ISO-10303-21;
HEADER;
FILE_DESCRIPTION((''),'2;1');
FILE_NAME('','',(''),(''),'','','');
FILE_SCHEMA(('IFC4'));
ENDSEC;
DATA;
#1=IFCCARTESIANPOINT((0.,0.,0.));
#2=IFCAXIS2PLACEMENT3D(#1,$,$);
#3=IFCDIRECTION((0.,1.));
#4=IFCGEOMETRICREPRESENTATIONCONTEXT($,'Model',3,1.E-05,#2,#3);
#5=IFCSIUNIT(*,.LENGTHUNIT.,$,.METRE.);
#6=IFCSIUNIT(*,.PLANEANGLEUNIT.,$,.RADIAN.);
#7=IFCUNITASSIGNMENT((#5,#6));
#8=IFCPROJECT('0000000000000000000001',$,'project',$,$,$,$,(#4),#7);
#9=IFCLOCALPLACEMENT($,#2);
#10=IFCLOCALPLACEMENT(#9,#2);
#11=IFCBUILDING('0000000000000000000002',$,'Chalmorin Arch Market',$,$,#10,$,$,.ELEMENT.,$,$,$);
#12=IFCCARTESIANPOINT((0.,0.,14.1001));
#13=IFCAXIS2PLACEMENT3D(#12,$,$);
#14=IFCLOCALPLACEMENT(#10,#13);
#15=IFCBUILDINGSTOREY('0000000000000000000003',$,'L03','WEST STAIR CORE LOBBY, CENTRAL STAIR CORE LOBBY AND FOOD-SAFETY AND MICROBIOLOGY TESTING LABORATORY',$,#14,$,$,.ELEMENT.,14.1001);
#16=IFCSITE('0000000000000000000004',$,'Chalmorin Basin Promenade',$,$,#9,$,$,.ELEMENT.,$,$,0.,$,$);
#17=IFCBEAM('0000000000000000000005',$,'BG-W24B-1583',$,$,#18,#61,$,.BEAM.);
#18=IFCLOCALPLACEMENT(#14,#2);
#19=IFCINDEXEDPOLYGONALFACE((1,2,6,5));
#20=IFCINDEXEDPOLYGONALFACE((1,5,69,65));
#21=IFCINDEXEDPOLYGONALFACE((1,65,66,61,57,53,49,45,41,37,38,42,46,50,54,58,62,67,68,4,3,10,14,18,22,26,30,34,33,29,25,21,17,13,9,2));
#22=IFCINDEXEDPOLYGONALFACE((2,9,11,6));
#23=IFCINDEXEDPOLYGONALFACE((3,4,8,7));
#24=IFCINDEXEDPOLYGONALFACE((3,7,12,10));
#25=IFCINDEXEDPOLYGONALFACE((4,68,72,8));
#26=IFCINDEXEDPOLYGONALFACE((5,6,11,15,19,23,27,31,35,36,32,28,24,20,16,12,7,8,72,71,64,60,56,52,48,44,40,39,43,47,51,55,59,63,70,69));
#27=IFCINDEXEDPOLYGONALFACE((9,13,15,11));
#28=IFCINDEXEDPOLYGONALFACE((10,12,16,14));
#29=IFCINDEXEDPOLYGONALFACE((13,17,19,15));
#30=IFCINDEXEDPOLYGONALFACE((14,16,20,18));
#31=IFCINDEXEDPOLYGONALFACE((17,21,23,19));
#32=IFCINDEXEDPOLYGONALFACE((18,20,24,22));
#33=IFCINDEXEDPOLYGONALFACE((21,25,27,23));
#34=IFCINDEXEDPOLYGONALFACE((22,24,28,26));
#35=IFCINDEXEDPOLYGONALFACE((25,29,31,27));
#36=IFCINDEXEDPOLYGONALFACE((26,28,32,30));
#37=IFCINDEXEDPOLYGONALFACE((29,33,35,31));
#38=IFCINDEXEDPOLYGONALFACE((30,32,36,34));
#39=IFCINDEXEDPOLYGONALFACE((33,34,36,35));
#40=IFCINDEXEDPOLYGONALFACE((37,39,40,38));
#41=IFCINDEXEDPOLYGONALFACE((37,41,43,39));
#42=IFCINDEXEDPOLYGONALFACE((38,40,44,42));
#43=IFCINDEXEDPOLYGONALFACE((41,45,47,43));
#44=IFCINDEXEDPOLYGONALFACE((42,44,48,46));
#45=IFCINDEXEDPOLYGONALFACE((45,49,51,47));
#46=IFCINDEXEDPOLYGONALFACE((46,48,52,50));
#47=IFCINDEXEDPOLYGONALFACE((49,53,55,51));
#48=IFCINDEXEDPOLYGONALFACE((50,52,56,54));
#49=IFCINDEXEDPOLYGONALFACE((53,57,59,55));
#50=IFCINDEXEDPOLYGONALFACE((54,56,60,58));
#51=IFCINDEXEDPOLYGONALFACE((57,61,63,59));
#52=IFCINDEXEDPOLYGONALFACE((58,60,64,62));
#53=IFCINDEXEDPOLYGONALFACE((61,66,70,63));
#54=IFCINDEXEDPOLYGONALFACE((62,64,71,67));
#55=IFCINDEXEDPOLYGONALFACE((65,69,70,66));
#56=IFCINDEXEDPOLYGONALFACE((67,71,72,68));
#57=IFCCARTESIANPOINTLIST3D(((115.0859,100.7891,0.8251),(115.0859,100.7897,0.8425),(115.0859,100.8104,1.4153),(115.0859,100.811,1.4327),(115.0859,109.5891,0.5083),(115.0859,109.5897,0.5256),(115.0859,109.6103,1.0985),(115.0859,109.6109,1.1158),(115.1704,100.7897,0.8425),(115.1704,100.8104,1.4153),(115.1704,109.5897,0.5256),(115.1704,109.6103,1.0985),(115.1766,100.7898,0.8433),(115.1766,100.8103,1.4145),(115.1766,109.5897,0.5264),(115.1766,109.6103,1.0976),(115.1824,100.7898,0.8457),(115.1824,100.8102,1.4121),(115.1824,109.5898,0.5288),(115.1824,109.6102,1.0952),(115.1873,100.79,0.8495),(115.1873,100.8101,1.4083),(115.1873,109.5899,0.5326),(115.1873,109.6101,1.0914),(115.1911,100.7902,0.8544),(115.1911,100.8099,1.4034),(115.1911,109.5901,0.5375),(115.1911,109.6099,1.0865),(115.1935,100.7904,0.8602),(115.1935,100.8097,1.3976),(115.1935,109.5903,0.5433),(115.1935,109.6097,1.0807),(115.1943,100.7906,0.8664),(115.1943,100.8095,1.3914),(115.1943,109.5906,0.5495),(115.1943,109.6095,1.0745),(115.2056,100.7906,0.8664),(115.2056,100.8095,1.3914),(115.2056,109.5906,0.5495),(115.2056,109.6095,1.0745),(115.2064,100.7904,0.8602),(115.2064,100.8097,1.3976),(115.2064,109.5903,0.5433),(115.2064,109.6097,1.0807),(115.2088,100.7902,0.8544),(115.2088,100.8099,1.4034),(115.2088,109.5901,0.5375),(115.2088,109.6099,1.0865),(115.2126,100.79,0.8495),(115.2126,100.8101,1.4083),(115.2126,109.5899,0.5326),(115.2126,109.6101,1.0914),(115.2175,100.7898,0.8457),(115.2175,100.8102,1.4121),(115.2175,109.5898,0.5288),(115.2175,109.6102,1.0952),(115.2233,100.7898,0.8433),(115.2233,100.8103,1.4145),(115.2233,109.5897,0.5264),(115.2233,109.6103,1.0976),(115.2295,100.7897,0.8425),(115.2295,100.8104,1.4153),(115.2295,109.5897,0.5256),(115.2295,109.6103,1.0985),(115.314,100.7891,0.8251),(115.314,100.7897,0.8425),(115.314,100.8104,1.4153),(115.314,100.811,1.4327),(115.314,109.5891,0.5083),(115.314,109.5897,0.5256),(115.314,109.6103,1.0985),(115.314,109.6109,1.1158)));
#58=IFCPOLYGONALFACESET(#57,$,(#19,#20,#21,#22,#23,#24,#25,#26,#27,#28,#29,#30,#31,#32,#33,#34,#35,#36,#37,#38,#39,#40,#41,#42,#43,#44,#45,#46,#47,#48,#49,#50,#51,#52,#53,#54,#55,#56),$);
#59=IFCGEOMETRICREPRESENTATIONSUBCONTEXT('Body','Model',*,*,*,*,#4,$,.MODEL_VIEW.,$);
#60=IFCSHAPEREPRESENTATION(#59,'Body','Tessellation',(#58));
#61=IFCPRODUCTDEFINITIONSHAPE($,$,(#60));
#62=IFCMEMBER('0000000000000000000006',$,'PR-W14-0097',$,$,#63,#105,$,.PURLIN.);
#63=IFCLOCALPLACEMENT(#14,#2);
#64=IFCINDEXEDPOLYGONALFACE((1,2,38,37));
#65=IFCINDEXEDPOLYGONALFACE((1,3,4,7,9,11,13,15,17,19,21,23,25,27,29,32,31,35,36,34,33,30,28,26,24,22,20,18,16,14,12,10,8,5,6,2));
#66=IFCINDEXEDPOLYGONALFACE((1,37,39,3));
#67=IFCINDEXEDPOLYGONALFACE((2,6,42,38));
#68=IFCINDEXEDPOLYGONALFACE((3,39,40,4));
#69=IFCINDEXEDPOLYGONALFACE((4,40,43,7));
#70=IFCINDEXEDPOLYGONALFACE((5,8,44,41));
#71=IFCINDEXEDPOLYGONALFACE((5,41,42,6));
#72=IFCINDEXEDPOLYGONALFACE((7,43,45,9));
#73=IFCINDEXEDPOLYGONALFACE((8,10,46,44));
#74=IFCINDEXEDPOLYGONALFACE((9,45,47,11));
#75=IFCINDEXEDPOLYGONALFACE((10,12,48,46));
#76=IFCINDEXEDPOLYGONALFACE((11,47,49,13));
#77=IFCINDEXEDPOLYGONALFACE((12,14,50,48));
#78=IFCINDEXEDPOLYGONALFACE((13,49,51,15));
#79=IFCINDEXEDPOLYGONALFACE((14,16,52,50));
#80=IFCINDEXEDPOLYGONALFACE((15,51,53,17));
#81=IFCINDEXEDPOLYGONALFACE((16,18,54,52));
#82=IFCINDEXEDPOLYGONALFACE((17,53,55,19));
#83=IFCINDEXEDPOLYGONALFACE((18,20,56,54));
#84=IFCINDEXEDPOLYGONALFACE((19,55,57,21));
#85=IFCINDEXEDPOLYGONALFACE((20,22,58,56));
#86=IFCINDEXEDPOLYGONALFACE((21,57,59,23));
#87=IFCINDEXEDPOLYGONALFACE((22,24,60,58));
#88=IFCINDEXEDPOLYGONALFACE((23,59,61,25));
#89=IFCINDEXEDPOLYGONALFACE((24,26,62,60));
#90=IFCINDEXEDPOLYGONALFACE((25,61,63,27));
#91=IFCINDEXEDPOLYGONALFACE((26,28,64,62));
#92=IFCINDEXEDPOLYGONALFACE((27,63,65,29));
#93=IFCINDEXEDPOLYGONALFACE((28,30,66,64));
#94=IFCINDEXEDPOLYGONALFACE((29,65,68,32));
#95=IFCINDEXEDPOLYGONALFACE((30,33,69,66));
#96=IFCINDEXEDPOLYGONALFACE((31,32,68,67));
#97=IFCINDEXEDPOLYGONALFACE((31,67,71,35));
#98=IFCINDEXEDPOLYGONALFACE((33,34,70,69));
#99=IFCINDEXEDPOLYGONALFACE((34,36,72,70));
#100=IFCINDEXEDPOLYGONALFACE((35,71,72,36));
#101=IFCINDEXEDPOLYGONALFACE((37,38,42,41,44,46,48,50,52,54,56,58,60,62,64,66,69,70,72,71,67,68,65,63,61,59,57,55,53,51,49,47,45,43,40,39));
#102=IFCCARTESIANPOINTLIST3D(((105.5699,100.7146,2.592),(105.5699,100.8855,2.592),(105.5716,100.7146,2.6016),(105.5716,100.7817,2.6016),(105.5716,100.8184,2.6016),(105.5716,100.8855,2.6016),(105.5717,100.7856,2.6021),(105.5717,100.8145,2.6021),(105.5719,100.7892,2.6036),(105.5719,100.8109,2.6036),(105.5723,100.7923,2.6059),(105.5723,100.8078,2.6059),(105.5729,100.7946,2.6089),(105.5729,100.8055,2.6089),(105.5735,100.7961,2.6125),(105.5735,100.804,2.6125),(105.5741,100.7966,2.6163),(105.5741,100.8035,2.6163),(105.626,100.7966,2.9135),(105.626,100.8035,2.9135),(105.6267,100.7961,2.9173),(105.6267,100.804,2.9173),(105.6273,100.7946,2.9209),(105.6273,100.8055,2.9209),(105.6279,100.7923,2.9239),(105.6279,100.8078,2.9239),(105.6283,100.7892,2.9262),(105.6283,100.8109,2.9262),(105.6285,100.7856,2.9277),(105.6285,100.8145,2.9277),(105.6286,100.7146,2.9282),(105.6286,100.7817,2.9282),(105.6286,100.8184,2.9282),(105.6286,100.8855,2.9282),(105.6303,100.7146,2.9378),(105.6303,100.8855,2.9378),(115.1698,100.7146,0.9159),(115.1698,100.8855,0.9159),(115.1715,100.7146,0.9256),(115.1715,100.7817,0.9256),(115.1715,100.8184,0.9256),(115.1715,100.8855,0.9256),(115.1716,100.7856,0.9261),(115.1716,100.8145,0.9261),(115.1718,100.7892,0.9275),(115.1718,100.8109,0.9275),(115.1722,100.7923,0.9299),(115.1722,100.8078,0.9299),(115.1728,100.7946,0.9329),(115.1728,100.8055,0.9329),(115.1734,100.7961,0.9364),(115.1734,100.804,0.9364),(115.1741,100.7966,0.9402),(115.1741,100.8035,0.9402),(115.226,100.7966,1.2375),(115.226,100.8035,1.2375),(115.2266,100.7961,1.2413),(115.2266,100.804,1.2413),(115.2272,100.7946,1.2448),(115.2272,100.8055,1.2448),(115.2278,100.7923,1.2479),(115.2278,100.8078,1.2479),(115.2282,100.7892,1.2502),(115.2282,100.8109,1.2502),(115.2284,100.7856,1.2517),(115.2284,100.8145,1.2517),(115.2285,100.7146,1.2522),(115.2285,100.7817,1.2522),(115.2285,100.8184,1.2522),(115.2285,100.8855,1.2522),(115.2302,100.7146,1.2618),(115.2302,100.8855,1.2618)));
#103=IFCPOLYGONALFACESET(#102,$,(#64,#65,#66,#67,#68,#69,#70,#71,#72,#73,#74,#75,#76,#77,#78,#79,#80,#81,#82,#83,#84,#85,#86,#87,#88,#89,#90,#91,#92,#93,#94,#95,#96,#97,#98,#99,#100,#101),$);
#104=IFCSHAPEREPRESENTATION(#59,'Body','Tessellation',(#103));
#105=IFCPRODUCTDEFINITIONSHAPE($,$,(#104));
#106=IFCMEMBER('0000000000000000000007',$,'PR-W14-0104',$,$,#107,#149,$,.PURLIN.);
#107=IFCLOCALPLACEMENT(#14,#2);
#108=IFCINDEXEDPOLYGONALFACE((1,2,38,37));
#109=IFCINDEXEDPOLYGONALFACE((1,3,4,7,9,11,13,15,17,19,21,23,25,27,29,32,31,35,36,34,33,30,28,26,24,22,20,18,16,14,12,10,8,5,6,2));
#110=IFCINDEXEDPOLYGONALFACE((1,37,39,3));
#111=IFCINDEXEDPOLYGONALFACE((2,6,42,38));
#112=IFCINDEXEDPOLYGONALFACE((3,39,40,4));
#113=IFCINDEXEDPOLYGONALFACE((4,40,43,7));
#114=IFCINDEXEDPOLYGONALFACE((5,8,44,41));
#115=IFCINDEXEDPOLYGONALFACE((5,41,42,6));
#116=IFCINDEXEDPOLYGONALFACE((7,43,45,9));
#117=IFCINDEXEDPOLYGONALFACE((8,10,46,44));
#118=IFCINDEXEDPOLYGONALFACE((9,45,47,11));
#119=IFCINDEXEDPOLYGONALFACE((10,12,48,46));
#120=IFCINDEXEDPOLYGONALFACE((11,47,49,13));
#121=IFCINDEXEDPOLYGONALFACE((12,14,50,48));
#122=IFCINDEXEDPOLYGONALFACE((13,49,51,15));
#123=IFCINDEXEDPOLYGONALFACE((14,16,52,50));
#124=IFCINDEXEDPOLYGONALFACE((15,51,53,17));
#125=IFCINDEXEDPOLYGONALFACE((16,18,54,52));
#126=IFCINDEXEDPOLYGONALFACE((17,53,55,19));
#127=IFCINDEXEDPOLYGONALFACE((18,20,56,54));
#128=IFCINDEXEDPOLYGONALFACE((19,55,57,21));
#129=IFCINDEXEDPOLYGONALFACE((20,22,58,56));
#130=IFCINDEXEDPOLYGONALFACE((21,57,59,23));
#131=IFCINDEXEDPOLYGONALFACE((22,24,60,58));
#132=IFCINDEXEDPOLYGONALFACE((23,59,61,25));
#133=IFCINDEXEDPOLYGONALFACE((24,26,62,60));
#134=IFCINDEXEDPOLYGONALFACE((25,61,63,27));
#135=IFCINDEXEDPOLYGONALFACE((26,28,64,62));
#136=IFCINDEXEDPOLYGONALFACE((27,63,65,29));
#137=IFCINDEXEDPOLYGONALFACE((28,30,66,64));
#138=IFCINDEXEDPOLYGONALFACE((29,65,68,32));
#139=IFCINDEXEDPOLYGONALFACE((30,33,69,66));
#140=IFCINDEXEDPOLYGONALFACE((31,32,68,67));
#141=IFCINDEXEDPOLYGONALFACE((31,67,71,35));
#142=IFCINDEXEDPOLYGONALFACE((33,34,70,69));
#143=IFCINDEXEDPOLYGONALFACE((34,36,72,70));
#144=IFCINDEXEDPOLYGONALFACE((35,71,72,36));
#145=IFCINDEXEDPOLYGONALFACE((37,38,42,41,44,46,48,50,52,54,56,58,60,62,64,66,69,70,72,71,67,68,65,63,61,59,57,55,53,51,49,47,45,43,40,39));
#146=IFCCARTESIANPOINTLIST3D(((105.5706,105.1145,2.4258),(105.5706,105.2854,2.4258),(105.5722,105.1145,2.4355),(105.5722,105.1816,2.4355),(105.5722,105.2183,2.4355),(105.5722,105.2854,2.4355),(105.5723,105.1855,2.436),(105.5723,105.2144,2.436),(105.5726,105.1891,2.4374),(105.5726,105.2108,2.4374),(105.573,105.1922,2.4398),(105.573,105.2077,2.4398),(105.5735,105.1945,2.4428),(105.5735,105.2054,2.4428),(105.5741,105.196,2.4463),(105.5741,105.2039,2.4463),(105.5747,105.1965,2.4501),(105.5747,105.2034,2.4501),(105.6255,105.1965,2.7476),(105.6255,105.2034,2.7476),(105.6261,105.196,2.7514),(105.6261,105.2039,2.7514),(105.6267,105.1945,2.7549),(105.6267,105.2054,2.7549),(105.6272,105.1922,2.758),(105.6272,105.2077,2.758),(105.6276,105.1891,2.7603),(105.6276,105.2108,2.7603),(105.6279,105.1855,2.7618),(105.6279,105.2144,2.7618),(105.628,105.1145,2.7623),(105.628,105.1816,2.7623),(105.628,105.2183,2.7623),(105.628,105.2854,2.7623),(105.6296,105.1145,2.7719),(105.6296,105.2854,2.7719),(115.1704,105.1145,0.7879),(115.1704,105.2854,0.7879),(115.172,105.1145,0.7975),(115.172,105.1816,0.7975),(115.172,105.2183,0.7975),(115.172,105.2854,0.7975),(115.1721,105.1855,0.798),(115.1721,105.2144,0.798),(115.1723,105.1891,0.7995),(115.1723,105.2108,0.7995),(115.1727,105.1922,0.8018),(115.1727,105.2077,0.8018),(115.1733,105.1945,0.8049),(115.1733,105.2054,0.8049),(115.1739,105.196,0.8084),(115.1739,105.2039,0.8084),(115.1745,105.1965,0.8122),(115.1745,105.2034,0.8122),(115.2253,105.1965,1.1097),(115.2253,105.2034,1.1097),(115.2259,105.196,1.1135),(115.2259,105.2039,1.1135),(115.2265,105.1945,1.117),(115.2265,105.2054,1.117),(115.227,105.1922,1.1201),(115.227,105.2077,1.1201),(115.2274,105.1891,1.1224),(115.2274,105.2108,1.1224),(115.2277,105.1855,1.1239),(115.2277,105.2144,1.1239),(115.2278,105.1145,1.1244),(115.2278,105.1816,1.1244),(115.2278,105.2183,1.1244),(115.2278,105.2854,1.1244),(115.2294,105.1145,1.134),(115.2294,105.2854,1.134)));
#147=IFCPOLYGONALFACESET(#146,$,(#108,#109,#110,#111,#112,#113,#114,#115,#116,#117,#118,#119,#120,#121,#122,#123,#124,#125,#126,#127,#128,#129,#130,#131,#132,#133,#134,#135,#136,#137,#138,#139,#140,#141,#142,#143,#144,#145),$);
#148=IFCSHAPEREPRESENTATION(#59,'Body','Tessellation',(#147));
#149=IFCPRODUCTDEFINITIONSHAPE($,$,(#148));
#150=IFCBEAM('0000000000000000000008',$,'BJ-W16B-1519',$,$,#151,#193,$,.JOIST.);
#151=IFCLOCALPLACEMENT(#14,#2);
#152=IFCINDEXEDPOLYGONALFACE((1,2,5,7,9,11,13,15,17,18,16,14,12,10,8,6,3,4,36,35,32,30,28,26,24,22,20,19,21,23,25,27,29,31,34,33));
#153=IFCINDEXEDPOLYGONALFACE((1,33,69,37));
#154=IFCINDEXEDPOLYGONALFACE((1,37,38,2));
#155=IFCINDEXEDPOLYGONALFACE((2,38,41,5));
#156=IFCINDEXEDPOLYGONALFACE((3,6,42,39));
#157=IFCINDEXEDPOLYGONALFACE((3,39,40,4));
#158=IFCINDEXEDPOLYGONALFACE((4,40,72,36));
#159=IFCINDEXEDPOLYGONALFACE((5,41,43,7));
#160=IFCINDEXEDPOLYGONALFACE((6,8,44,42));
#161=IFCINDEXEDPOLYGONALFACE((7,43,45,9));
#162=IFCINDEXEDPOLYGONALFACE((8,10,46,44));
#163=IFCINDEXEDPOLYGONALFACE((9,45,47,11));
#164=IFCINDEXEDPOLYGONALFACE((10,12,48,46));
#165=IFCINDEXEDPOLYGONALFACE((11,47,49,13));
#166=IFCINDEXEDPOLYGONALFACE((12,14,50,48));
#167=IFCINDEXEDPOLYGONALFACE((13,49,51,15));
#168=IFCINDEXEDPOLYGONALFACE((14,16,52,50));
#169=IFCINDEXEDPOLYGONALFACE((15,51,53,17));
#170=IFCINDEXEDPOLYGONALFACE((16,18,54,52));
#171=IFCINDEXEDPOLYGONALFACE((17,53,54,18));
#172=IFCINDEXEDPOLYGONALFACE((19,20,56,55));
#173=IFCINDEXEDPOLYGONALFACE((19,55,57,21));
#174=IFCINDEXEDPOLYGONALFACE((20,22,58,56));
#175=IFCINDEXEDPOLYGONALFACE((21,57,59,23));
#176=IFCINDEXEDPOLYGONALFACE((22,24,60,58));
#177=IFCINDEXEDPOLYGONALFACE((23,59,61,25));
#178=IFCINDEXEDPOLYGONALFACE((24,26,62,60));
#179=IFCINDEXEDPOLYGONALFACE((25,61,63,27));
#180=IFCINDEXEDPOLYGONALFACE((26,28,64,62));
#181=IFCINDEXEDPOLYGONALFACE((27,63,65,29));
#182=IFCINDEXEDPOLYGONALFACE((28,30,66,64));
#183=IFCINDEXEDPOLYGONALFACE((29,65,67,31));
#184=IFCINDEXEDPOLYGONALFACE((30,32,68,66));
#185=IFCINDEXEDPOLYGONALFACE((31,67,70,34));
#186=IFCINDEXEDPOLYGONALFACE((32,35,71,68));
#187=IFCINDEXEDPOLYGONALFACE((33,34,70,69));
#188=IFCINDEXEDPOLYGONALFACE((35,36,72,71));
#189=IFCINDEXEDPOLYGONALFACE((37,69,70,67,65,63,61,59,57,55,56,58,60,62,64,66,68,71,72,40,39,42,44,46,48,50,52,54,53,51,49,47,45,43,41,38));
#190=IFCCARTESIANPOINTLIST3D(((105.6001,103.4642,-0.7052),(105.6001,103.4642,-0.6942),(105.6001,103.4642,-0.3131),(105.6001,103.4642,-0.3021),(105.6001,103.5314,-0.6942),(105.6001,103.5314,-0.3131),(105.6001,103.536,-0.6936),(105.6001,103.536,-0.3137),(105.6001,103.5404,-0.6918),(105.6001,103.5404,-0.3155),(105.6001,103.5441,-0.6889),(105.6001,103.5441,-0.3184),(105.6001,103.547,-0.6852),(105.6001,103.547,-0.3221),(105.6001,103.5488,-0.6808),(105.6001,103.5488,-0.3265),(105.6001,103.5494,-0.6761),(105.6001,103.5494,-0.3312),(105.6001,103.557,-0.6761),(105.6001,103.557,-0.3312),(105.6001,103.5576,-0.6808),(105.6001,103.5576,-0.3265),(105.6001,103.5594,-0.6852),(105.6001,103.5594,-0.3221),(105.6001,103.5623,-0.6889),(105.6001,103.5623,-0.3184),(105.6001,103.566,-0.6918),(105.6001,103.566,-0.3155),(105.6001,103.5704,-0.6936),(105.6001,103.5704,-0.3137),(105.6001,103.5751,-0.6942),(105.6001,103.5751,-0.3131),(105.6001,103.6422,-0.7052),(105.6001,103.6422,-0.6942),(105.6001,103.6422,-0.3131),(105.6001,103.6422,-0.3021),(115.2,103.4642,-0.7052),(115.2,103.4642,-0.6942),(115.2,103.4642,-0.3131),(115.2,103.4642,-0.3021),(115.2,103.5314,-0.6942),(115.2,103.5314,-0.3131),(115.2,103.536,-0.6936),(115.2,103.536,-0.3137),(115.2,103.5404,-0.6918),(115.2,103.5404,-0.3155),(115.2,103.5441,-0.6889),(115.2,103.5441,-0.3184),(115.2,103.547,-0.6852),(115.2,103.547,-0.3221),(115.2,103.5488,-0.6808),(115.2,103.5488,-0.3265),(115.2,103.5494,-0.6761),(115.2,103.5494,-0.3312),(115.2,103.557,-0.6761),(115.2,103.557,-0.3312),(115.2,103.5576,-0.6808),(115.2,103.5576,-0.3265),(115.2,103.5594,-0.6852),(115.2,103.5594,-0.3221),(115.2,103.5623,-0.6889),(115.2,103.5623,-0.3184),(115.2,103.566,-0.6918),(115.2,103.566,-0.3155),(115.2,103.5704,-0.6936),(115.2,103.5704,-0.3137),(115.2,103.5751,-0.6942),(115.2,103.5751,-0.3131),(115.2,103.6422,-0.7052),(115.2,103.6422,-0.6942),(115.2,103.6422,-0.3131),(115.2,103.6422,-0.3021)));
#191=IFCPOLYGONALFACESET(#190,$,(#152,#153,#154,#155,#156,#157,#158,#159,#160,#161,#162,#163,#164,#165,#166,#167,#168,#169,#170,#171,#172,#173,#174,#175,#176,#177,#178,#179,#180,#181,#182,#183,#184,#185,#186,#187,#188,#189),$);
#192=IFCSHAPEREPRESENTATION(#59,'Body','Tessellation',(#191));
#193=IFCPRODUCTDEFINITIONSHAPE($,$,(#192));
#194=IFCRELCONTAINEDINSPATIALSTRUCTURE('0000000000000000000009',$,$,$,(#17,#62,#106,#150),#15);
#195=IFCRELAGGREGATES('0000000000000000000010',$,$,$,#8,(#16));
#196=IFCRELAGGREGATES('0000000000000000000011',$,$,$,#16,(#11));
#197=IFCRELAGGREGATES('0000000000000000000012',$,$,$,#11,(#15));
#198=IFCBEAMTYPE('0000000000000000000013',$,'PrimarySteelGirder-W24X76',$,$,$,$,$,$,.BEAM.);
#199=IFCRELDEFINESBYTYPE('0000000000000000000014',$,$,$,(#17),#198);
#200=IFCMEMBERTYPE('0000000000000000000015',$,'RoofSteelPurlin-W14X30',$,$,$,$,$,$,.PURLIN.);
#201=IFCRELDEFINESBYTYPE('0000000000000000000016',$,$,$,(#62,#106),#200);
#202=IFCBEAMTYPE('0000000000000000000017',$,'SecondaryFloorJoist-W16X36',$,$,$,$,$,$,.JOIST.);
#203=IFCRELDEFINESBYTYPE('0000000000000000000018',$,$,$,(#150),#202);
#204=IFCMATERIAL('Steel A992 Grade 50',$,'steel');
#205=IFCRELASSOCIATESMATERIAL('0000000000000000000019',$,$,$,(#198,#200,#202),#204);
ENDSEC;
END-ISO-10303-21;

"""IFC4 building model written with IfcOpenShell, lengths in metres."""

from ifc_helpers import new_model, si_unit, direction, frame, origin, origin_2d, place, context, subcontext, project, spatial, i_section, extrude, material, material_profile, profile_set, type_object, element, save


model = new_model("IFC4")

# Units and contexts
model_context = context("Model", 3, precision=1e-05, world=origin(), true_north=direction((0.0, 1.0)))
body_context = subcontext(model_context, "Body", "Model", "MODEL_VIEW")
ifc_project = project(units=[si_unit("LENGTHUNIT", "METRE"), si_unit("PLANEANGLEUNIT", "RADIAN")], contexts=[model_context])

# Site, building, storey
site_placement = place(None, origin())
site = spatial("IfcSite", under=ifc_project, at=site_placement, Name="Chalmorin Basin Promenade", CompositionType="ELEMENT", RefElevation=0.0)
building_placement = place(site_placement, origin())
building = spatial("IfcBuilding", under=site, at=building_placement, Name="Chalmorin Arch Market", CompositionType="ELEMENT")
storey_placement = place(building_placement, frame((0.0, 0.0, 14.1001)))
storey = spatial("IfcBuildingStorey", under=building, at=storey_placement, Name="L03", Description="WEST STAIR CORE LOBBY, CENTRAL STAIR CORE LOBBY AND FOOD-SAFETY AND MICROBIOLOGY TESTING LABORATORY", CompositionType="ELEMENT", Elevation=14.1001)

# Beam
ifc_material_1 = material(Name="Steel A992 Grade 50", Category="steel")
ifc_material_profile_1 = material_profile(ifc_material_1, i_section(OverallWidth=0.228, OverallDepth=0.6079, WebThickness=0.0112, FlangeThickness=0.0173, FilletRadius=0.0239, at=origin_2d()), Name="W24X76")
ifc_profile_set_1 = profile_set([ifc_material_profile_1], Name="Steel A992 Grade 50")
beam_type_1 = type_object("IfcBeamType", Name="PrimarySteelGirder-W24X76", PredefinedType="BEAM", material=ifc_profile_set_1)
beam_1_placement = place(storey_placement, frame((115.2, 100.8, 1.1289), z_axis=(0.0, 0.999352, -0.035987), x_axis=(-1.0, 0.0, 0.0)))
element("IfcBeam", 1, at=beam_1_placement, inside=storey, type_object=beam_type_1, Name="BG-W24B-1583", PredefinedType="BEAM", context=body_context, shape_type="SweptSolid", body=[
    extrude(i_section(OverallWidth=0.228, OverallDepth=0.6079, WebThickness=0.0112, FlangeThickness=0.0173, FilletRadius=0.0239, at=origin_2d()), origin(), (0.0, 0.0, 1.0), 8.8057),
])

# Members
ifc_material_profile_2 = material_profile(ifc_material_1, i_section(OverallWidth=0.1709, OverallDepth=0.3511, WebThickness=0.0068, FlangeThickness=0.0098, FilletRadius=0.0149, at=origin_2d()), Name="W14X30")
ifc_profile_set_2 = profile_set([ifc_material_profile_2], Name="Steel A992 Grade 50")
member_type = type_object("IfcMemberType", Name="RoofSteelPurlin-W14X30", PredefinedType="PURLIN", material=ifc_profile_set_2)
member_1_placement = place(storey_placement, frame((105.6001, 100.8, 2.7649), z_axis=(0.985099, 0.0, -0.171987), x_axis=(0.0, 1.0, 0.0)))
element("IfcMember", 2, at=member_1_placement, inside=storey, type_object=member_type, Name="PR-W14-0097", PredefinedType="PURLIN", context=body_context, shape_type="SweptSolid", body=[
    extrude(i_section(OverallWidth=0.1709, OverallDepth=0.3511, WebThickness=0.0068, FlangeThickness=0.0098, FilletRadius=0.0149, at=origin_2d()), origin(), (0.0, 0.0, 1.0), 9.7451),
])
member_2_placement = place(storey_placement, frame((105.6001, 105.2, 2.5989), z_axis=(0.985754, 0.0, -0.168191), x_axis=(0.0, 1.0, 0.0)))
element("IfcMember", 3, at=member_2_placement, inside=storey, type_object=member_type, Name="PR-W14-0104", PredefinedType="PURLIN", context=body_context, shape_type="SweptSolid", body=[
    extrude(i_section(OverallWidth=0.1709, OverallDepth=0.3511, WebThickness=0.0068, FlangeThickness=0.0098, FilletRadius=0.0149, at=origin_2d()), origin(), (0.0, 0.0, 1.0), 9.7385),
])

# Beam
ifc_material_profile_3 = material_profile(ifc_material_1, i_section(OverallWidth=0.178, OverallDepth=0.4031, WebThickness=0.0076, FlangeThickness=0.011, FilletRadius=0.0181, at=origin_2d()), Name="W16X36")
ifc_profile_set_3 = profile_set([ifc_material_profile_3], Name="Steel A992 Grade 50")
beam_type_2 = type_object("IfcBeamType", Name="SecondaryFloorJoist-W16X36", PredefinedType="JOIST", material=ifc_profile_set_3)
for number, where, z_axis, x_axis, name in (
    (4, (105.6001, 103.5532, -0.5037), (1.0, 0.0, 0.0), (0.0, 1.0, 0.0), "BJ-W16B-1519"),
):
    element("IfcBeam", number, at=place(storey_placement, frame(where, z_axis=z_axis, x_axis=x_axis)), inside=storey, type_object=beam_type_2, Name=name, PredefinedType="JOIST", context=body_context, shape_type="SweptSolid", body=[
        extrude(i_section(OverallWidth=0.178, OverallDepth=0.4031, WebThickness=0.0076, FlangeThickness=0.011, FilletRadius=0.0181, at=origin_2d()), origin(), (0.0, 0.0, 1.0), 9.5999),
    ])

save(model, "model.ifc")
